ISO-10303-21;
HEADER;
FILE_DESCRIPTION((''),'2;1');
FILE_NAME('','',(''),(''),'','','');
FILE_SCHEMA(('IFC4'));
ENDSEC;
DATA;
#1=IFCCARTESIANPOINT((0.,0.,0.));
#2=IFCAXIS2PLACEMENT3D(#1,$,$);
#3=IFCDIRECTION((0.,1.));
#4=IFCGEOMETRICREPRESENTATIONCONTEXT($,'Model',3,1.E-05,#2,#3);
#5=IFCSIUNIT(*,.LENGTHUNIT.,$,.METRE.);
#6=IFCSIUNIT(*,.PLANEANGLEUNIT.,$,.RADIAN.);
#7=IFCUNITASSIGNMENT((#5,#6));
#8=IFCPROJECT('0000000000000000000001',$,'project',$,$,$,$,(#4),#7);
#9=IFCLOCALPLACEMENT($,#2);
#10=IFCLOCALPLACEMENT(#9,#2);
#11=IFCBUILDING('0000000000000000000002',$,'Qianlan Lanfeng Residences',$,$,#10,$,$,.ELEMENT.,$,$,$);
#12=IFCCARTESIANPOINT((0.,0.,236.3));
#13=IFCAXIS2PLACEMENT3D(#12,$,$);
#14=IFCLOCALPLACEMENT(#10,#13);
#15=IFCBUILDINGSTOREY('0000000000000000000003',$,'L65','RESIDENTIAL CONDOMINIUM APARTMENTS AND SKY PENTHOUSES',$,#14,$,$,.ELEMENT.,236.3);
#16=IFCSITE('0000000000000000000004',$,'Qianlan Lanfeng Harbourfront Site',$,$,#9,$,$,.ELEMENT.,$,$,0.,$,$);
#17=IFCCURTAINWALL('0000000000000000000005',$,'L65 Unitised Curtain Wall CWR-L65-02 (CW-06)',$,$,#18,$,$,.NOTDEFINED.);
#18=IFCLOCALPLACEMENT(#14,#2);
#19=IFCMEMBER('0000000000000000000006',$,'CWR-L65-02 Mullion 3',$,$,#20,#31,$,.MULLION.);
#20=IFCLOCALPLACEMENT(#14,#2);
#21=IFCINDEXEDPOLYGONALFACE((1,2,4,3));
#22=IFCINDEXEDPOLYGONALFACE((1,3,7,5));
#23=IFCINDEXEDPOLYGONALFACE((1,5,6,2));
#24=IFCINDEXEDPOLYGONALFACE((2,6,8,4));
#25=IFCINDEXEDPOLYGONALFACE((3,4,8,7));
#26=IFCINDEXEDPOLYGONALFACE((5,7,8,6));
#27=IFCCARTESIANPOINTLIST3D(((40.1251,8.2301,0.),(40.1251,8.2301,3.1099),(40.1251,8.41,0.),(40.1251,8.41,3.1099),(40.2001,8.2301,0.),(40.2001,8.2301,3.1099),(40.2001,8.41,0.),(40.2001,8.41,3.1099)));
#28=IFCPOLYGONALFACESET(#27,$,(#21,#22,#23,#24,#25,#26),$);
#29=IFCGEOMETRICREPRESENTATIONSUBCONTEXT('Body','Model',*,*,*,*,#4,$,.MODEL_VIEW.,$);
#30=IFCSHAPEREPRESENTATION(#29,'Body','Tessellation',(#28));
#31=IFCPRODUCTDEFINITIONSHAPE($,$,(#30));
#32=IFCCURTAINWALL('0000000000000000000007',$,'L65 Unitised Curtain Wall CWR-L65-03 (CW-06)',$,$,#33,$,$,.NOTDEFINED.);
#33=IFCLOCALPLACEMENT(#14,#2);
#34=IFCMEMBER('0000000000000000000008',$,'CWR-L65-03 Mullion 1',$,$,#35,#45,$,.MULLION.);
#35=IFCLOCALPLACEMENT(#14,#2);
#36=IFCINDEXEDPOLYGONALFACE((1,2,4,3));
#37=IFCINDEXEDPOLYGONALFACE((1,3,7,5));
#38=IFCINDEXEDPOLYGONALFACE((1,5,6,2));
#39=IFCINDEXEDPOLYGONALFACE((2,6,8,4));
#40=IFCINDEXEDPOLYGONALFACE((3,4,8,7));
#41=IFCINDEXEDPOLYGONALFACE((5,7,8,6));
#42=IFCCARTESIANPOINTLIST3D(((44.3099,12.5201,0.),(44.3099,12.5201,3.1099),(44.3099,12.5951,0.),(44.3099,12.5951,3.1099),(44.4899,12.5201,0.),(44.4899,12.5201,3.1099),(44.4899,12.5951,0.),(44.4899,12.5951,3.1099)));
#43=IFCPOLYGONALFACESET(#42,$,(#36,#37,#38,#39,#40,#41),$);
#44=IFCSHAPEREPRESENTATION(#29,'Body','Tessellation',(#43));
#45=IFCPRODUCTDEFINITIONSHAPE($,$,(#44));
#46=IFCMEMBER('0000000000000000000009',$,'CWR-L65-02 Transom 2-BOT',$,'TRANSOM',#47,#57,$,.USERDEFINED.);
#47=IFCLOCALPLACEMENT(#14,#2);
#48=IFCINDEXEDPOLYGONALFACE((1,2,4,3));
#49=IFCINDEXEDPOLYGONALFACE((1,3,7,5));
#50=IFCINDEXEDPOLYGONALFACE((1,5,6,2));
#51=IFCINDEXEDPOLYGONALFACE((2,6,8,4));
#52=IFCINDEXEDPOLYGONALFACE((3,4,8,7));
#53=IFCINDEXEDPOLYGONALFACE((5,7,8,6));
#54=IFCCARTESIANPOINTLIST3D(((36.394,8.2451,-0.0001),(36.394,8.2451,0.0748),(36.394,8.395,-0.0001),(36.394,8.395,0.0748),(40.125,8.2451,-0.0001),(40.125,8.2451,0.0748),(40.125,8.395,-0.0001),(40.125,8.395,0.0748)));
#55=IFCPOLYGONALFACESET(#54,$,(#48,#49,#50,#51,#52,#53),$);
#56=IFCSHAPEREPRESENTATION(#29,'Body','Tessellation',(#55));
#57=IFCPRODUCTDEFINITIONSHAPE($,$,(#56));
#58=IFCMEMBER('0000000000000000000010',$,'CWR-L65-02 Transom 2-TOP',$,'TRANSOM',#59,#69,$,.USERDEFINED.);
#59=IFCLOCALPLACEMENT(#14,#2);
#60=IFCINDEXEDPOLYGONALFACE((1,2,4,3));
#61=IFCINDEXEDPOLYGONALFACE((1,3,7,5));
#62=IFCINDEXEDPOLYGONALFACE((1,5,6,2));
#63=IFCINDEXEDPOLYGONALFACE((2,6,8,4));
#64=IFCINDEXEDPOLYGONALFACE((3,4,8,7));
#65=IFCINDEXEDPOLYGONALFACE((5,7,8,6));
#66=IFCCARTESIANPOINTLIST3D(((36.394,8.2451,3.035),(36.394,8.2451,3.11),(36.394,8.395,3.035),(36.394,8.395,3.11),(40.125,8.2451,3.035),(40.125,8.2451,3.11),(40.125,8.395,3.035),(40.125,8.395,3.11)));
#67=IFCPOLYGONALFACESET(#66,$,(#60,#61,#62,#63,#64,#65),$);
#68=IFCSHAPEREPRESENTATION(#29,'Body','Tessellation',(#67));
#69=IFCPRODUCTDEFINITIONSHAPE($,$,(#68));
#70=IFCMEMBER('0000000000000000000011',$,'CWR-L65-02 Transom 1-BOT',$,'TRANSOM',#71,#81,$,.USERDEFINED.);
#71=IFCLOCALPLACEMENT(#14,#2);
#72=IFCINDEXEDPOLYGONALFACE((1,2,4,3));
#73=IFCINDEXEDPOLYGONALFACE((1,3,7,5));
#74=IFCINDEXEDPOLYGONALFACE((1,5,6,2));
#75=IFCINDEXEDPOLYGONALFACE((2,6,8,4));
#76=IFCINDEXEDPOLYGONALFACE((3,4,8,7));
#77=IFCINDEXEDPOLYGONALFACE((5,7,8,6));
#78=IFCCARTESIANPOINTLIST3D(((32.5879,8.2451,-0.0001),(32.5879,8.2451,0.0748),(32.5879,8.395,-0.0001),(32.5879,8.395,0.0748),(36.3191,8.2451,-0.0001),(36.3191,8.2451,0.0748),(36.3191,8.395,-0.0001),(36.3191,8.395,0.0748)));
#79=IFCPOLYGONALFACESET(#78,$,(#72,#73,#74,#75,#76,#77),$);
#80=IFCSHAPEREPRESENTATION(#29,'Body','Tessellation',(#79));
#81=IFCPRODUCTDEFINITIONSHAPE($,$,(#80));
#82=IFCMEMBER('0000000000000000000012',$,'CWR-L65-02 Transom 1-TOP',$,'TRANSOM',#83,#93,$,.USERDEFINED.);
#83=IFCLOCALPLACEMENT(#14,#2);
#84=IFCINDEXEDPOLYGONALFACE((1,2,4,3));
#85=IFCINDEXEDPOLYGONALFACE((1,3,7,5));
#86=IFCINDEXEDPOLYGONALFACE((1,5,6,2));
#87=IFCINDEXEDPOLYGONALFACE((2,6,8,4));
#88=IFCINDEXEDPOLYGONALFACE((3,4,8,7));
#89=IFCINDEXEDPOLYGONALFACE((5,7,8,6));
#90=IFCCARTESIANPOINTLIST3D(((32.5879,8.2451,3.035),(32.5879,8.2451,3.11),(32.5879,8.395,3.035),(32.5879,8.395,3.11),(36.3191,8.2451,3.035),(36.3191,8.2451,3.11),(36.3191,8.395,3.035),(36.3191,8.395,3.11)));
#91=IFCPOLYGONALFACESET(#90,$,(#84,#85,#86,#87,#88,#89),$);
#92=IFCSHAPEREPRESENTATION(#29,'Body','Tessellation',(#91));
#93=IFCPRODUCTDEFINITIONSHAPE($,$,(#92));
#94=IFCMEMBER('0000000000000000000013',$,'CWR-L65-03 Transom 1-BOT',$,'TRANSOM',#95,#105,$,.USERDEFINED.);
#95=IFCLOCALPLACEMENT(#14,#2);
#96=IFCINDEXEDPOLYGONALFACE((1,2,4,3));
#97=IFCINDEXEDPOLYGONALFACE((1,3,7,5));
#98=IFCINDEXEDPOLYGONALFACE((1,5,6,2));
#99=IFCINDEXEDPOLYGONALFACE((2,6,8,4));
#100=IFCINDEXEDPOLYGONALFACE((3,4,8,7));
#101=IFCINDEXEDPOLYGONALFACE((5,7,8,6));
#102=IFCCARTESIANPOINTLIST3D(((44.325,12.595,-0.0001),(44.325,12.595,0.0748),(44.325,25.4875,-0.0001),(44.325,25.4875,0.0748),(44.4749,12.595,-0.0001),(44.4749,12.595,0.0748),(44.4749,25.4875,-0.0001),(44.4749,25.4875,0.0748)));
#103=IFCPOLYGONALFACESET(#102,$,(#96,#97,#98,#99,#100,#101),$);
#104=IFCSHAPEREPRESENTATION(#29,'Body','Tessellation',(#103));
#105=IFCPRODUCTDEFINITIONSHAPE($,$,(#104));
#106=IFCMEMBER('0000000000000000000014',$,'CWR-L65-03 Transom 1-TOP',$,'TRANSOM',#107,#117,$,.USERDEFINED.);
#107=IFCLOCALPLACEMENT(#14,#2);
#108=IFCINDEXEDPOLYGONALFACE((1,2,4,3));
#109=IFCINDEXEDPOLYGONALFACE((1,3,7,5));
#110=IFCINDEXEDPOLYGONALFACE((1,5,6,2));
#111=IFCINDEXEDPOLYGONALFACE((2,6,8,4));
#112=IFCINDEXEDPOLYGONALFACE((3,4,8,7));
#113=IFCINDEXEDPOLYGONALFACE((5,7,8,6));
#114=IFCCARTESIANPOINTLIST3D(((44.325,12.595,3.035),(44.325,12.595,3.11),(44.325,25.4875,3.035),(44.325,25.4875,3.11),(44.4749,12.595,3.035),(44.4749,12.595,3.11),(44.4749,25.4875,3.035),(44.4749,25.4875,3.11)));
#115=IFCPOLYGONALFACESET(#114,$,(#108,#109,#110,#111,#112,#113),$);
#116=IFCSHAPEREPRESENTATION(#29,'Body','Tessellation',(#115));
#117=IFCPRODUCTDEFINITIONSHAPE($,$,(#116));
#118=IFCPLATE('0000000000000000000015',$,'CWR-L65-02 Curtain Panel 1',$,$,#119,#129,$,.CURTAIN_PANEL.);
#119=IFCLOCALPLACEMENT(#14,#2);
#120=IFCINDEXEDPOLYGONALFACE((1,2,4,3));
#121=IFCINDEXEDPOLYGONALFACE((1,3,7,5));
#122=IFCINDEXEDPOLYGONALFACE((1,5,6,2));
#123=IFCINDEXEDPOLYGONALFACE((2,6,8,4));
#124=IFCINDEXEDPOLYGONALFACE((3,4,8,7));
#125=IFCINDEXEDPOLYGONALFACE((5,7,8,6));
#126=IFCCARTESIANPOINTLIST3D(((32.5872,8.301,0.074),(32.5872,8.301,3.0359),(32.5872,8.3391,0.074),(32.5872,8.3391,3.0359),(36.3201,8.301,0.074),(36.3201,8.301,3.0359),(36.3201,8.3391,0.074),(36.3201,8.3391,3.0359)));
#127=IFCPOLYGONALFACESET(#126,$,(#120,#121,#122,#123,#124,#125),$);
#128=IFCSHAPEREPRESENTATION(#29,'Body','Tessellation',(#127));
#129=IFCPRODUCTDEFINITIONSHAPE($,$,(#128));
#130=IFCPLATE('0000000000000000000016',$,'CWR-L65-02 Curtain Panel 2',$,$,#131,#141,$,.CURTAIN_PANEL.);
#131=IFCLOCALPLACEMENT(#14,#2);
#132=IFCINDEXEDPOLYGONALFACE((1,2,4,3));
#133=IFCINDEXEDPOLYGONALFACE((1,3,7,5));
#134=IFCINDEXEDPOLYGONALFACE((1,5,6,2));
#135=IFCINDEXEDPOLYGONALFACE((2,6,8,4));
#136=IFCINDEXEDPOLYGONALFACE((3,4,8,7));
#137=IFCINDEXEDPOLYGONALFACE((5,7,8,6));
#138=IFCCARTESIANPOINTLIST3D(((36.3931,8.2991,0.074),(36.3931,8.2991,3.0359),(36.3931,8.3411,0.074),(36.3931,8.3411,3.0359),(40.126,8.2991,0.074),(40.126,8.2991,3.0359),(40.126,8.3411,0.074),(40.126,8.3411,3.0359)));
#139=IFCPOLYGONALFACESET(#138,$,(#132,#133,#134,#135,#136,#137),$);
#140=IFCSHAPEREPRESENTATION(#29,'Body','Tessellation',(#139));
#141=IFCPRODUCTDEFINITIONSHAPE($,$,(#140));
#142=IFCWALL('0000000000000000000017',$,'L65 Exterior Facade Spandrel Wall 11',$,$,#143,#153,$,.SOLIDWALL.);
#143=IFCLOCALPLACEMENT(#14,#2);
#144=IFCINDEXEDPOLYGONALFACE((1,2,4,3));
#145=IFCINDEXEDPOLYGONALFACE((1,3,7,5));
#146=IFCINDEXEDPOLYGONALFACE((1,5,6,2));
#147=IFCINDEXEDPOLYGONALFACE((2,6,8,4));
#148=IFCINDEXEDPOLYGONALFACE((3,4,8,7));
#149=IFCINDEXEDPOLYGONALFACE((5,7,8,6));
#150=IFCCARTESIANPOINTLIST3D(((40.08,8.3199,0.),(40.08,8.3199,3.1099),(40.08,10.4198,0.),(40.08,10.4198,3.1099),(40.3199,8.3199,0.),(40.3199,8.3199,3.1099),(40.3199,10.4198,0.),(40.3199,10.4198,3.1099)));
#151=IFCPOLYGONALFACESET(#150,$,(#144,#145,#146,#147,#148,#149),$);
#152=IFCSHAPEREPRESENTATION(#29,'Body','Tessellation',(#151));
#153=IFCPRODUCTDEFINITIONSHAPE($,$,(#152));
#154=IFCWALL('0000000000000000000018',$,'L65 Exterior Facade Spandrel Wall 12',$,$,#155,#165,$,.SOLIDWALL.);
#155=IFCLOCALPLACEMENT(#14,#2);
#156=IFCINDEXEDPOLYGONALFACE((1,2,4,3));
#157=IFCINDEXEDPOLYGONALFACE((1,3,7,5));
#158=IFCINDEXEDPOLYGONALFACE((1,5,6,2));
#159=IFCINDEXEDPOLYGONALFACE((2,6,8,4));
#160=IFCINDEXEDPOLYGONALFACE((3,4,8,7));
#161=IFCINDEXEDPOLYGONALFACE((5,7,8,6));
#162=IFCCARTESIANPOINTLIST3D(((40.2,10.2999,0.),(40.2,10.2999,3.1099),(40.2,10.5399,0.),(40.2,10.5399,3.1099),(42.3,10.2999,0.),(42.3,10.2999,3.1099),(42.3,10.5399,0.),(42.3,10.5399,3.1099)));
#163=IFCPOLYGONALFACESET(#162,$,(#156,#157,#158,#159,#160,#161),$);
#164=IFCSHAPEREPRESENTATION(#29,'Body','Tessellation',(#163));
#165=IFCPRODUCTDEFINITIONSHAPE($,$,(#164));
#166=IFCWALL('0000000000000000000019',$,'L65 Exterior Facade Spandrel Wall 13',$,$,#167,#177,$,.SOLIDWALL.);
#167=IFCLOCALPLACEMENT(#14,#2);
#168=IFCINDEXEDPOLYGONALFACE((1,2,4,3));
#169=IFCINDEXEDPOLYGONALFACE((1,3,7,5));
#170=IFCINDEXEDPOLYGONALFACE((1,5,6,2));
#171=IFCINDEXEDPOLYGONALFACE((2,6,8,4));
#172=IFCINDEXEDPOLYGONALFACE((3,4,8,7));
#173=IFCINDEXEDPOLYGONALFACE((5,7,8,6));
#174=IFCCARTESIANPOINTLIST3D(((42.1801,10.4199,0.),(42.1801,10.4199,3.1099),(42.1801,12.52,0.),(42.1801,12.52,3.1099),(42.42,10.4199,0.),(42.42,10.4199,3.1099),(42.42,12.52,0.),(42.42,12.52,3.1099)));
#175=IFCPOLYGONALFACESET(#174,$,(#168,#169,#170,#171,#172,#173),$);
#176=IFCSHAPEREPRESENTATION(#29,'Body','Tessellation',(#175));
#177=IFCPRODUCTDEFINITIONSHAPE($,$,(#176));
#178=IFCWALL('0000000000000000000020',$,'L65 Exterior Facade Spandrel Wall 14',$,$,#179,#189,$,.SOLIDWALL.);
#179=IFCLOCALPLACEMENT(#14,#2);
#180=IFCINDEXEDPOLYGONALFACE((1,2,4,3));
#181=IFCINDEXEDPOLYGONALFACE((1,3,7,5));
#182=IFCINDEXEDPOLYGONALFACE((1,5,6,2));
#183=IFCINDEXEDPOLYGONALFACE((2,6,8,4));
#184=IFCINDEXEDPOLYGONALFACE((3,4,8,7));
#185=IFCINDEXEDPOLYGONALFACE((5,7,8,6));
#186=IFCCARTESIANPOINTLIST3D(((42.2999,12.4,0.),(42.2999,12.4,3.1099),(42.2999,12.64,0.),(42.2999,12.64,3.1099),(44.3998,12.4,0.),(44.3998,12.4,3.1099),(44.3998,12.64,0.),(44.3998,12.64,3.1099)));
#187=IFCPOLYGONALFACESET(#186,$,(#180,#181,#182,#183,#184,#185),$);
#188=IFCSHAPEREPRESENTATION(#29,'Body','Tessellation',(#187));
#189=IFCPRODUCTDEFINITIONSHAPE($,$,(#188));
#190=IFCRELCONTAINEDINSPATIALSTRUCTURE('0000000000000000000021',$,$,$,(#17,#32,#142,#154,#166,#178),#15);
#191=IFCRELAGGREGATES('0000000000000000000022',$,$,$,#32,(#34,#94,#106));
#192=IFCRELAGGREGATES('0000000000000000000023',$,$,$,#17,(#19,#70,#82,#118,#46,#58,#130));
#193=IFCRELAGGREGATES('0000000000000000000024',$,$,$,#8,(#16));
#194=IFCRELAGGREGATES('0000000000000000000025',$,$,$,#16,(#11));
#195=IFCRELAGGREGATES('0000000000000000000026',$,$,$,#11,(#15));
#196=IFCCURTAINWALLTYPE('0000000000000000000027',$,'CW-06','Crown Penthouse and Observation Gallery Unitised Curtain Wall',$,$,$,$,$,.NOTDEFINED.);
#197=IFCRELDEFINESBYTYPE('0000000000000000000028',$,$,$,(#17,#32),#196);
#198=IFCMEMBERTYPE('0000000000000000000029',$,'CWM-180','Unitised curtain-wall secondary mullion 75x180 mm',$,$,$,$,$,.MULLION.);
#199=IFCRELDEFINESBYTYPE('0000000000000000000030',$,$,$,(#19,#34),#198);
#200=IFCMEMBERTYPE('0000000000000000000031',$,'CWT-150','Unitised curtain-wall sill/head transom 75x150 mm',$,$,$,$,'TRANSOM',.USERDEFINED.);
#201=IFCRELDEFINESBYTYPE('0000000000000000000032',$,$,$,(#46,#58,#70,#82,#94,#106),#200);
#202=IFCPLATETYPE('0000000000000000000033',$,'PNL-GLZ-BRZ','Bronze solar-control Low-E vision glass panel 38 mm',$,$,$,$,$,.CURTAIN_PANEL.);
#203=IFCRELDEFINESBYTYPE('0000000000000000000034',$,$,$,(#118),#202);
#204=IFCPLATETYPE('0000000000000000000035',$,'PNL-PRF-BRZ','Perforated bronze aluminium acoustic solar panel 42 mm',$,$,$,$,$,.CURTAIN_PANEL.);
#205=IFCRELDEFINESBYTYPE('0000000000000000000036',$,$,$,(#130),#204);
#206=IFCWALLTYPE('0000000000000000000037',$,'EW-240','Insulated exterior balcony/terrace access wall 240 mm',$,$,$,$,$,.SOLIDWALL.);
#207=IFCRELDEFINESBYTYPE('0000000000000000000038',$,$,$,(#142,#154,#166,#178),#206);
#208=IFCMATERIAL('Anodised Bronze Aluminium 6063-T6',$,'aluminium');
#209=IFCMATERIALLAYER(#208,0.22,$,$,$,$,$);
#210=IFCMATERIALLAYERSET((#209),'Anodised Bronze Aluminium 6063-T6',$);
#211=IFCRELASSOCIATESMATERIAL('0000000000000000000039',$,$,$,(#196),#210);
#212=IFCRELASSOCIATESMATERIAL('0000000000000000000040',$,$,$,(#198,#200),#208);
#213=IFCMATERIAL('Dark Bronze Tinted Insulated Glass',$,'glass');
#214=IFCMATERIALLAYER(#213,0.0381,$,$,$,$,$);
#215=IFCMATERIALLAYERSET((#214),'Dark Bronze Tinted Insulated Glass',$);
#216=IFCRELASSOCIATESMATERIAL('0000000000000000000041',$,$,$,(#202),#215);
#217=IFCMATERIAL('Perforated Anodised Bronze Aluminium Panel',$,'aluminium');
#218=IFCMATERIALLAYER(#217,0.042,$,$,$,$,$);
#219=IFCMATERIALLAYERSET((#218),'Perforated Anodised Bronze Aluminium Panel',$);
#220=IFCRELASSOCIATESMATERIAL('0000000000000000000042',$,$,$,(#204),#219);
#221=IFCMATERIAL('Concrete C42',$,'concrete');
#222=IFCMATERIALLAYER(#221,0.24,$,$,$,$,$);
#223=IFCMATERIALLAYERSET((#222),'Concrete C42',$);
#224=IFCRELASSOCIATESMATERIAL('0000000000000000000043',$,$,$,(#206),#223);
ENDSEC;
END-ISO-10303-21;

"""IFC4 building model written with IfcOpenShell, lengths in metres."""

from ifc_helpers import new_model, si_unit, direction, frame, frame_2d, origin, origin_2d, place, context, subcontext, project, spatial, rectangle, extrude, source, transform, mapped, material, layer, layer_set, material_profile, profile_set, type_object, element, aggregate, save


model = new_model("IFC4")

# Units and contexts
model_context = context("Model", 3, precision=1e-05, world=origin(), true_north=direction((0.0, 1.0)))
body_context = subcontext(model_context, "Body", "Model", "MODEL_VIEW")
ifc_project = project(units=[si_unit("LENGTHUNIT", "METRE"), si_unit("PLANEANGLEUNIT", "RADIAN")], contexts=[model_context])

# Site, building, storey
site_placement = place(None, origin())
site = spatial("IfcSite", under=ifc_project, at=site_placement, Name="Qianlan Lanfeng Harbourfront Site", CompositionType="ELEMENT", RefElevation=0.0)
building_placement = place(site_placement, origin())
building = spatial("IfcBuilding", under=site, at=building_placement, Name="Qianlan Lanfeng Residences", CompositionType="ELEMENT")
storey_placement = place(building_placement, frame((0.0, 0.0, 236.3)))
storey = spatial("IfcBuildingStorey", under=building, at=storey_placement, Name="L65", Description="RESIDENTIAL CONDOMINIUM APARTMENTS AND SKY PENTHOUSES", CompositionType="ELEMENT", Elevation=236.3)

# Curtain wall, member
ifc_material_1 = material(Name="Anodised Bronze Aluminium 6063-T6", Category="aluminium")
ifc_layer_1 = layer(ifc_material_1, 0.22)
ifc_layer_set_1 = layer_set([ifc_layer_1], Name="Anodised Bronze Aluminium 6063-T6")
curtain_wall_type = type_object("IfcCurtainWallType", Name="CW-06", Description="Crown Penthouse and Observation Gallery Unitised Curtain Wall", PredefinedType="NOTDEFINED", material=ifc_layer_set_1)
curtain_wall_1_placement = place(storey_placement, origin())
curtain_wall_1 = element("IfcCurtainWall", 1, at=curtain_wall_1_placement, inside=storey, type_object=curtain_wall_type, Name="L65 Unitised Curtain Wall CWR-L65-02 (CW-06)", PredefinedType="NOTDEFINED")
ifc_material_profile_1 = material_profile(ifc_material_1, rectangle(XDim=0.075, YDim=0.1799, at=origin_2d()), Name="ALU MULLION 75x180")
ifc_profile_set_1 = profile_set([ifc_material_profile_1], Name="Anodised Bronze Aluminium 6063-T6")
member_type_1 = type_object("IfcMemberType", Name="CWM-180", Description="Unitised curtain-wall secondary mullion 75x180 mm", PredefinedType="MULLION", material=ifc_profile_set_1)
shared_shape_1 = source(origin(), body_context, "Body", "SweptSolid", [
    extrude(rectangle(XDim=0.075, YDim=0.1799, at=origin_2d()), origin(), (0.0, 0.0, 1.0), 3.1099),
])
member_1_placement = place(storey_placement, frame((40.1626, 8.3201, 0.0), z_axis=(0.0, 0.0, 1.0), x_axis=(1.0, 0.0, 0.0)))
member_1 = element("IfcMember", 2, at=member_1_placement, type_object=member_type_1, Name="CWR-L65-02 Mullion 3", PredefinedType="MULLION", context=body_context, shape_type="MappedRepresentation", body=[
    mapped(shared_shape_1, transform((0.0, 0.0, 0.0), scale=1.0)),
])

# Curtain wall, member
curtain_wall_2_placement = place(storey_placement, origin())
curtain_wall_2 = element("IfcCurtainWall", 3, at=curtain_wall_2_placement, inside=storey, type_object=curtain_wall_type, Name="L65 Unitised Curtain Wall CWR-L65-03 (CW-06)", PredefinedType="NOTDEFINED")
member_2_placement = place(storey_placement, frame((44.3999, 12.5576, 0.0), z_axis=(0.0, 0.0, 1.0), x_axis=(0.0, 1.0, 0.0)))
member_2 = element("IfcMember", 4, at=member_2_placement, type_object=member_type_1, Name="CWR-L65-03 Mullion 1", PredefinedType="MULLION", context=body_context, shape_type="MappedRepresentation", body=[
    mapped(shared_shape_1, transform((0.0, 0.0, 0.0), scale=1.0)),
])

# Members
ifc_material_profile_2 = material_profile(ifc_material_1, rectangle(XDim=0.075, YDim=0.1499, at=origin_2d()), Name="ALU TRANSOM 75x150")
ifc_profile_set_2 = profile_set([ifc_material_profile_2], Name="Anodised Bronze Aluminium 6063-T6")
member_type_2 = type_object("IfcMemberType", Name="CWT-150", Description="Unitised curtain-wall sill/head transom 75x150 mm", ElementType="TRANSOM", PredefinedType="USERDEFINED", material=ifc_profile_set_2)
shared_shape_2 = source(origin(), body_context, "Body", "SweptSolid", [
    extrude(rectangle(XDim=0.075, YDim=0.1499, at=origin_2d()), origin(), (0.0, 0.0, 1.0), 3.731),
])
member_3_placement = place(storey_placement, frame((36.394, 8.3201, 0.0374), z_axis=(1.0, 0.0, 0.0), x_axis=(0.0, 0.0, 1.0)))
member_3 = element("IfcMember", 5, at=member_3_placement, type_object=member_type_2, Name="CWR-L65-02 Transom 2-BOT", ObjectType="TRANSOM", PredefinedType="USERDEFINED", context=body_context, shape_type="MappedRepresentation", body=[
    mapped(shared_shape_2, transform((0.0, 0.0, 0.0), scale=1.0)),
])
member_4_placement = place(storey_placement, frame((36.394, 8.3201, 3.0725), z_axis=(1.0, 0.0, 0.0), x_axis=(0.0, 0.0, 1.0)))
member_4 = element("IfcMember", 6, at=member_4_placement, type_object=member_type_2, Name="CWR-L65-02 Transom 2-TOP", ObjectType="TRANSOM", PredefinedType="USERDEFINED", context=body_context, shape_type="MappedRepresentation", body=[
    mapped(shared_shape_2, transform((0.0, 0.0, 0.0), scale=1.0)),
])
shared_shape_3 = source(origin(), body_context, "Body", "SweptSolid", [
    extrude(rectangle(XDim=0.075, YDim=0.1499, at=origin_2d()), origin(), (0.0, 0.0, 1.0), 3.7312),
])
member_5_placement = place(storey_placement, frame((32.5879, 8.3201, 0.0374), z_axis=(1.0, 0.0, 0.0), x_axis=(0.0, 0.0, 1.0)))
member_5 = element("IfcMember", 7, at=member_5_placement, type_object=member_type_2, Name="CWR-L65-02 Transom 1-BOT", ObjectType="TRANSOM", PredefinedType="USERDEFINED", context=body_context, shape_type="MappedRepresentation", body=[
    mapped(shared_shape_3, transform((0.0, 0.0, 0.0), scale=1.0)),
])
member_6_placement = place(storey_placement, frame((32.5879, 8.3201, 3.0725), z_axis=(1.0, 0.0, 0.0), x_axis=(0.0, 0.0, 1.0)))
member_6 = element("IfcMember", 8, at=member_6_placement, type_object=member_type_2, Name="CWR-L65-02 Transom 1-TOP", ObjectType="TRANSOM", PredefinedType="USERDEFINED", context=body_context, shape_type="MappedRepresentation", body=[
    mapped(shared_shape_3, transform((0.0, 0.0, 0.0), scale=1.0)),
])
shared_shape_4 = source(origin(), body_context, "Body", "SweptSolid", [
    extrude(rectangle(XDim=0.075, YDim=0.1499, at=origin_2d()), origin(), (0.0, 0.0, 1.0), 12.8926),
])
member_7_placement = place(storey_placement, frame((44.3999, 12.595, 0.0374), z_axis=(0.0, 1.0, 0.0), x_axis=(0.0, 0.0, 1.0)))
member_7 = element("IfcMember", 9, at=member_7_placement, type_object=member_type_2, Name="CWR-L65-03 Transom 1-BOT", ObjectType="TRANSOM", PredefinedType="USERDEFINED", context=body_context, shape_type="MappedRepresentation", body=[
    mapped(shared_shape_4, transform((0.0, 0.0, 0.0), scale=1.0)),
])
member_8_placement = place(storey_placement, frame((44.3999, 12.595, 3.0725), z_axis=(0.0, 1.0, 0.0), x_axis=(0.0, 0.0, 1.0)))
member_8 = element("IfcMember", 10, at=member_8_placement, type_object=member_type_2, Name="CWR-L65-03 Transom 1-TOP", ObjectType="TRANSOM", PredefinedType="USERDEFINED", context=body_context, shape_type="MappedRepresentation", body=[
    mapped(shared_shape_4, transform((0.0, 0.0, 0.0), scale=1.0)),
])
aggregate(curtain_wall_2, [member_2, member_7, member_8])

# Plates
ifc_material_2 = material(Name="Dark Bronze Tinted Insulated Glass", Category="glass")
ifc_layer_2 = layer(ifc_material_2, 0.0381)
ifc_layer_set_2 = layer_set([ifc_layer_2], Name="Dark Bronze Tinted Insulated Glass")
plate_type_1 = type_object("IfcPlateType", Name="PNL-GLZ-BRZ", Description="Bronze solar-control Low-E vision glass panel 38 mm", PredefinedType="CURTAIN_PANEL", material=ifc_layer_set_2)
shared_shape_5 = source(origin(), body_context, "Body", "SweptSolid", [
    extrude(rectangle(XDim=3.7329, YDim=0.0381, at=origin_2d()), origin(), (0.0, 0.0, 1.0), 2.9619),
])
plate_1_placement = place(storey_placement, frame((34.4536, 8.3201, 0.074), z_axis=(0.0, 0.0, 1.0), x_axis=(1.0, 0.0, 0.0)))
plate_1 = element("IfcPlate", 11, at=plate_1_placement, type_object=plate_type_1, Name="CWR-L65-02 Curtain Panel 1", PredefinedType="CURTAIN_PANEL", context=body_context, shape_type="MappedRepresentation", body=[
    mapped(shared_shape_5, transform((0.0, 0.0, 0.0), scale=1.0)),
])
ifc_material_3 = material(Name="Perforated Anodised Bronze Aluminium Panel", Category="aluminium")
ifc_layer_3 = layer(ifc_material_3, 0.042)
ifc_layer_set_3 = layer_set([ifc_layer_3], Name="Perforated Anodised Bronze Aluminium Panel")
plate_type_2 = type_object("IfcPlateType", Name="PNL-PRF-BRZ", Description="Perforated bronze aluminium acoustic solar panel 42 mm", PredefinedType="CURTAIN_PANEL", material=ifc_layer_set_3)
shared_shape_6 = source(origin(), body_context, "Body", "SweptSolid", [
    extrude(rectangle(XDim=3.7329, YDim=0.042, at=origin_2d()), origin(), (0.0, 0.0, 1.0), 2.9619),
])
plate_2_placement = place(storey_placement, frame((38.2595, 8.3201, 0.074), z_axis=(0.0, 0.0, 1.0), x_axis=(1.0, 0.0, 0.0)))
plate_2 = element("IfcPlate", 12, at=plate_2_placement, type_object=plate_type_2, Name="CWR-L65-02 Curtain Panel 2", PredefinedType="CURTAIN_PANEL", context=body_context, shape_type="MappedRepresentation", body=[
    mapped(shared_shape_6, transform((0.0, 0.0, 0.0), scale=1.0)),
])
aggregate(curtain_wall_1, [member_1, member_5, member_6, plate_1, member_3, member_4, plate_2])

# Walls
ifc_material_4 = material(Name="Concrete C42", Category="concrete")
ifc_layer_4 = layer(ifc_material_4, 0.24)
ifc_layer_set_4 = layer_set([ifc_layer_4], Name="Concrete C42")
wall_type_1 = type_object("IfcWallType", Name="EW-240", Description="Insulated exterior balcony/terrace access wall 240 mm", PredefinedType="SOLIDWALL", material=ifc_layer_set_4)
wall_1_placement = place(storey_placement, frame((40.2, 8.3201, 0.0), z_axis=(0.0, 0.0, 1.0), x_axis=(0.0, 1.0, 0.0)))
element("IfcWall", 13, at=wall_1_placement, inside=storey, type_object=wall_type_1, Name="L65 Exterior Facade Spandrel Wall 11", PredefinedType="SOLIDWALL", context=body_context, shape_type="SweptSolid", body=[
    extrude(rectangle(XDim=2.0999, YDim=0.24, at=frame_2d((1.0498, 0.0))), origin(), (0.0, 0.0, 1.0), 3.1099),
])
for number, where, z_axis, x_axis, name in (
    (14, (40.2, 10.4199, 0.0), (0.0, 0.0, 1.0), (1.0, 0.0, 0.0), "L65 Exterior Facade Spandrel Wall 12"),
    (15, (42.3, 10.4199, 0.0), (0.0, 0.0, 1.0), (0.0, 1.0, 0.0), "L65 Exterior Facade Spandrel Wall 13"),
):
    element("IfcWall", number, at=place(storey_placement, frame(where, z_axis=z_axis, x_axis=x_axis)), inside=storey, type_object=wall_type_1, Name=name, PredefinedType="SOLIDWALL", context=body_context, shape_type="SweptSolid", body=[
        extrude(rectangle(XDim=2.1001, YDim=0.24, at=frame_2d((1.05, 0.0))), origin(), (0.0, 0.0, 1.0), 3.1099),
    ])
wall_2_placement = place(storey_placement, frame((42.3, 12.52, 0.0), z_axis=(0.0, 0.0, 1.0), x_axis=(1.0, 0.0, 0.0)))
element("IfcWall", 16, at=wall_2_placement, inside=storey, type_object=wall_type_1, Name="L65 Exterior Facade Spandrel Wall 14", PredefinedType="SOLIDWALL", context=body_context, shape_type="SweptSolid", body=[
    extrude(rectangle(XDim=2.0999, YDim=0.24, at=frame_2d((1.0498, 0.0))), origin(), (0.0, 0.0, 1.0), 3.1099),
])

save(model, "model.ifc")
